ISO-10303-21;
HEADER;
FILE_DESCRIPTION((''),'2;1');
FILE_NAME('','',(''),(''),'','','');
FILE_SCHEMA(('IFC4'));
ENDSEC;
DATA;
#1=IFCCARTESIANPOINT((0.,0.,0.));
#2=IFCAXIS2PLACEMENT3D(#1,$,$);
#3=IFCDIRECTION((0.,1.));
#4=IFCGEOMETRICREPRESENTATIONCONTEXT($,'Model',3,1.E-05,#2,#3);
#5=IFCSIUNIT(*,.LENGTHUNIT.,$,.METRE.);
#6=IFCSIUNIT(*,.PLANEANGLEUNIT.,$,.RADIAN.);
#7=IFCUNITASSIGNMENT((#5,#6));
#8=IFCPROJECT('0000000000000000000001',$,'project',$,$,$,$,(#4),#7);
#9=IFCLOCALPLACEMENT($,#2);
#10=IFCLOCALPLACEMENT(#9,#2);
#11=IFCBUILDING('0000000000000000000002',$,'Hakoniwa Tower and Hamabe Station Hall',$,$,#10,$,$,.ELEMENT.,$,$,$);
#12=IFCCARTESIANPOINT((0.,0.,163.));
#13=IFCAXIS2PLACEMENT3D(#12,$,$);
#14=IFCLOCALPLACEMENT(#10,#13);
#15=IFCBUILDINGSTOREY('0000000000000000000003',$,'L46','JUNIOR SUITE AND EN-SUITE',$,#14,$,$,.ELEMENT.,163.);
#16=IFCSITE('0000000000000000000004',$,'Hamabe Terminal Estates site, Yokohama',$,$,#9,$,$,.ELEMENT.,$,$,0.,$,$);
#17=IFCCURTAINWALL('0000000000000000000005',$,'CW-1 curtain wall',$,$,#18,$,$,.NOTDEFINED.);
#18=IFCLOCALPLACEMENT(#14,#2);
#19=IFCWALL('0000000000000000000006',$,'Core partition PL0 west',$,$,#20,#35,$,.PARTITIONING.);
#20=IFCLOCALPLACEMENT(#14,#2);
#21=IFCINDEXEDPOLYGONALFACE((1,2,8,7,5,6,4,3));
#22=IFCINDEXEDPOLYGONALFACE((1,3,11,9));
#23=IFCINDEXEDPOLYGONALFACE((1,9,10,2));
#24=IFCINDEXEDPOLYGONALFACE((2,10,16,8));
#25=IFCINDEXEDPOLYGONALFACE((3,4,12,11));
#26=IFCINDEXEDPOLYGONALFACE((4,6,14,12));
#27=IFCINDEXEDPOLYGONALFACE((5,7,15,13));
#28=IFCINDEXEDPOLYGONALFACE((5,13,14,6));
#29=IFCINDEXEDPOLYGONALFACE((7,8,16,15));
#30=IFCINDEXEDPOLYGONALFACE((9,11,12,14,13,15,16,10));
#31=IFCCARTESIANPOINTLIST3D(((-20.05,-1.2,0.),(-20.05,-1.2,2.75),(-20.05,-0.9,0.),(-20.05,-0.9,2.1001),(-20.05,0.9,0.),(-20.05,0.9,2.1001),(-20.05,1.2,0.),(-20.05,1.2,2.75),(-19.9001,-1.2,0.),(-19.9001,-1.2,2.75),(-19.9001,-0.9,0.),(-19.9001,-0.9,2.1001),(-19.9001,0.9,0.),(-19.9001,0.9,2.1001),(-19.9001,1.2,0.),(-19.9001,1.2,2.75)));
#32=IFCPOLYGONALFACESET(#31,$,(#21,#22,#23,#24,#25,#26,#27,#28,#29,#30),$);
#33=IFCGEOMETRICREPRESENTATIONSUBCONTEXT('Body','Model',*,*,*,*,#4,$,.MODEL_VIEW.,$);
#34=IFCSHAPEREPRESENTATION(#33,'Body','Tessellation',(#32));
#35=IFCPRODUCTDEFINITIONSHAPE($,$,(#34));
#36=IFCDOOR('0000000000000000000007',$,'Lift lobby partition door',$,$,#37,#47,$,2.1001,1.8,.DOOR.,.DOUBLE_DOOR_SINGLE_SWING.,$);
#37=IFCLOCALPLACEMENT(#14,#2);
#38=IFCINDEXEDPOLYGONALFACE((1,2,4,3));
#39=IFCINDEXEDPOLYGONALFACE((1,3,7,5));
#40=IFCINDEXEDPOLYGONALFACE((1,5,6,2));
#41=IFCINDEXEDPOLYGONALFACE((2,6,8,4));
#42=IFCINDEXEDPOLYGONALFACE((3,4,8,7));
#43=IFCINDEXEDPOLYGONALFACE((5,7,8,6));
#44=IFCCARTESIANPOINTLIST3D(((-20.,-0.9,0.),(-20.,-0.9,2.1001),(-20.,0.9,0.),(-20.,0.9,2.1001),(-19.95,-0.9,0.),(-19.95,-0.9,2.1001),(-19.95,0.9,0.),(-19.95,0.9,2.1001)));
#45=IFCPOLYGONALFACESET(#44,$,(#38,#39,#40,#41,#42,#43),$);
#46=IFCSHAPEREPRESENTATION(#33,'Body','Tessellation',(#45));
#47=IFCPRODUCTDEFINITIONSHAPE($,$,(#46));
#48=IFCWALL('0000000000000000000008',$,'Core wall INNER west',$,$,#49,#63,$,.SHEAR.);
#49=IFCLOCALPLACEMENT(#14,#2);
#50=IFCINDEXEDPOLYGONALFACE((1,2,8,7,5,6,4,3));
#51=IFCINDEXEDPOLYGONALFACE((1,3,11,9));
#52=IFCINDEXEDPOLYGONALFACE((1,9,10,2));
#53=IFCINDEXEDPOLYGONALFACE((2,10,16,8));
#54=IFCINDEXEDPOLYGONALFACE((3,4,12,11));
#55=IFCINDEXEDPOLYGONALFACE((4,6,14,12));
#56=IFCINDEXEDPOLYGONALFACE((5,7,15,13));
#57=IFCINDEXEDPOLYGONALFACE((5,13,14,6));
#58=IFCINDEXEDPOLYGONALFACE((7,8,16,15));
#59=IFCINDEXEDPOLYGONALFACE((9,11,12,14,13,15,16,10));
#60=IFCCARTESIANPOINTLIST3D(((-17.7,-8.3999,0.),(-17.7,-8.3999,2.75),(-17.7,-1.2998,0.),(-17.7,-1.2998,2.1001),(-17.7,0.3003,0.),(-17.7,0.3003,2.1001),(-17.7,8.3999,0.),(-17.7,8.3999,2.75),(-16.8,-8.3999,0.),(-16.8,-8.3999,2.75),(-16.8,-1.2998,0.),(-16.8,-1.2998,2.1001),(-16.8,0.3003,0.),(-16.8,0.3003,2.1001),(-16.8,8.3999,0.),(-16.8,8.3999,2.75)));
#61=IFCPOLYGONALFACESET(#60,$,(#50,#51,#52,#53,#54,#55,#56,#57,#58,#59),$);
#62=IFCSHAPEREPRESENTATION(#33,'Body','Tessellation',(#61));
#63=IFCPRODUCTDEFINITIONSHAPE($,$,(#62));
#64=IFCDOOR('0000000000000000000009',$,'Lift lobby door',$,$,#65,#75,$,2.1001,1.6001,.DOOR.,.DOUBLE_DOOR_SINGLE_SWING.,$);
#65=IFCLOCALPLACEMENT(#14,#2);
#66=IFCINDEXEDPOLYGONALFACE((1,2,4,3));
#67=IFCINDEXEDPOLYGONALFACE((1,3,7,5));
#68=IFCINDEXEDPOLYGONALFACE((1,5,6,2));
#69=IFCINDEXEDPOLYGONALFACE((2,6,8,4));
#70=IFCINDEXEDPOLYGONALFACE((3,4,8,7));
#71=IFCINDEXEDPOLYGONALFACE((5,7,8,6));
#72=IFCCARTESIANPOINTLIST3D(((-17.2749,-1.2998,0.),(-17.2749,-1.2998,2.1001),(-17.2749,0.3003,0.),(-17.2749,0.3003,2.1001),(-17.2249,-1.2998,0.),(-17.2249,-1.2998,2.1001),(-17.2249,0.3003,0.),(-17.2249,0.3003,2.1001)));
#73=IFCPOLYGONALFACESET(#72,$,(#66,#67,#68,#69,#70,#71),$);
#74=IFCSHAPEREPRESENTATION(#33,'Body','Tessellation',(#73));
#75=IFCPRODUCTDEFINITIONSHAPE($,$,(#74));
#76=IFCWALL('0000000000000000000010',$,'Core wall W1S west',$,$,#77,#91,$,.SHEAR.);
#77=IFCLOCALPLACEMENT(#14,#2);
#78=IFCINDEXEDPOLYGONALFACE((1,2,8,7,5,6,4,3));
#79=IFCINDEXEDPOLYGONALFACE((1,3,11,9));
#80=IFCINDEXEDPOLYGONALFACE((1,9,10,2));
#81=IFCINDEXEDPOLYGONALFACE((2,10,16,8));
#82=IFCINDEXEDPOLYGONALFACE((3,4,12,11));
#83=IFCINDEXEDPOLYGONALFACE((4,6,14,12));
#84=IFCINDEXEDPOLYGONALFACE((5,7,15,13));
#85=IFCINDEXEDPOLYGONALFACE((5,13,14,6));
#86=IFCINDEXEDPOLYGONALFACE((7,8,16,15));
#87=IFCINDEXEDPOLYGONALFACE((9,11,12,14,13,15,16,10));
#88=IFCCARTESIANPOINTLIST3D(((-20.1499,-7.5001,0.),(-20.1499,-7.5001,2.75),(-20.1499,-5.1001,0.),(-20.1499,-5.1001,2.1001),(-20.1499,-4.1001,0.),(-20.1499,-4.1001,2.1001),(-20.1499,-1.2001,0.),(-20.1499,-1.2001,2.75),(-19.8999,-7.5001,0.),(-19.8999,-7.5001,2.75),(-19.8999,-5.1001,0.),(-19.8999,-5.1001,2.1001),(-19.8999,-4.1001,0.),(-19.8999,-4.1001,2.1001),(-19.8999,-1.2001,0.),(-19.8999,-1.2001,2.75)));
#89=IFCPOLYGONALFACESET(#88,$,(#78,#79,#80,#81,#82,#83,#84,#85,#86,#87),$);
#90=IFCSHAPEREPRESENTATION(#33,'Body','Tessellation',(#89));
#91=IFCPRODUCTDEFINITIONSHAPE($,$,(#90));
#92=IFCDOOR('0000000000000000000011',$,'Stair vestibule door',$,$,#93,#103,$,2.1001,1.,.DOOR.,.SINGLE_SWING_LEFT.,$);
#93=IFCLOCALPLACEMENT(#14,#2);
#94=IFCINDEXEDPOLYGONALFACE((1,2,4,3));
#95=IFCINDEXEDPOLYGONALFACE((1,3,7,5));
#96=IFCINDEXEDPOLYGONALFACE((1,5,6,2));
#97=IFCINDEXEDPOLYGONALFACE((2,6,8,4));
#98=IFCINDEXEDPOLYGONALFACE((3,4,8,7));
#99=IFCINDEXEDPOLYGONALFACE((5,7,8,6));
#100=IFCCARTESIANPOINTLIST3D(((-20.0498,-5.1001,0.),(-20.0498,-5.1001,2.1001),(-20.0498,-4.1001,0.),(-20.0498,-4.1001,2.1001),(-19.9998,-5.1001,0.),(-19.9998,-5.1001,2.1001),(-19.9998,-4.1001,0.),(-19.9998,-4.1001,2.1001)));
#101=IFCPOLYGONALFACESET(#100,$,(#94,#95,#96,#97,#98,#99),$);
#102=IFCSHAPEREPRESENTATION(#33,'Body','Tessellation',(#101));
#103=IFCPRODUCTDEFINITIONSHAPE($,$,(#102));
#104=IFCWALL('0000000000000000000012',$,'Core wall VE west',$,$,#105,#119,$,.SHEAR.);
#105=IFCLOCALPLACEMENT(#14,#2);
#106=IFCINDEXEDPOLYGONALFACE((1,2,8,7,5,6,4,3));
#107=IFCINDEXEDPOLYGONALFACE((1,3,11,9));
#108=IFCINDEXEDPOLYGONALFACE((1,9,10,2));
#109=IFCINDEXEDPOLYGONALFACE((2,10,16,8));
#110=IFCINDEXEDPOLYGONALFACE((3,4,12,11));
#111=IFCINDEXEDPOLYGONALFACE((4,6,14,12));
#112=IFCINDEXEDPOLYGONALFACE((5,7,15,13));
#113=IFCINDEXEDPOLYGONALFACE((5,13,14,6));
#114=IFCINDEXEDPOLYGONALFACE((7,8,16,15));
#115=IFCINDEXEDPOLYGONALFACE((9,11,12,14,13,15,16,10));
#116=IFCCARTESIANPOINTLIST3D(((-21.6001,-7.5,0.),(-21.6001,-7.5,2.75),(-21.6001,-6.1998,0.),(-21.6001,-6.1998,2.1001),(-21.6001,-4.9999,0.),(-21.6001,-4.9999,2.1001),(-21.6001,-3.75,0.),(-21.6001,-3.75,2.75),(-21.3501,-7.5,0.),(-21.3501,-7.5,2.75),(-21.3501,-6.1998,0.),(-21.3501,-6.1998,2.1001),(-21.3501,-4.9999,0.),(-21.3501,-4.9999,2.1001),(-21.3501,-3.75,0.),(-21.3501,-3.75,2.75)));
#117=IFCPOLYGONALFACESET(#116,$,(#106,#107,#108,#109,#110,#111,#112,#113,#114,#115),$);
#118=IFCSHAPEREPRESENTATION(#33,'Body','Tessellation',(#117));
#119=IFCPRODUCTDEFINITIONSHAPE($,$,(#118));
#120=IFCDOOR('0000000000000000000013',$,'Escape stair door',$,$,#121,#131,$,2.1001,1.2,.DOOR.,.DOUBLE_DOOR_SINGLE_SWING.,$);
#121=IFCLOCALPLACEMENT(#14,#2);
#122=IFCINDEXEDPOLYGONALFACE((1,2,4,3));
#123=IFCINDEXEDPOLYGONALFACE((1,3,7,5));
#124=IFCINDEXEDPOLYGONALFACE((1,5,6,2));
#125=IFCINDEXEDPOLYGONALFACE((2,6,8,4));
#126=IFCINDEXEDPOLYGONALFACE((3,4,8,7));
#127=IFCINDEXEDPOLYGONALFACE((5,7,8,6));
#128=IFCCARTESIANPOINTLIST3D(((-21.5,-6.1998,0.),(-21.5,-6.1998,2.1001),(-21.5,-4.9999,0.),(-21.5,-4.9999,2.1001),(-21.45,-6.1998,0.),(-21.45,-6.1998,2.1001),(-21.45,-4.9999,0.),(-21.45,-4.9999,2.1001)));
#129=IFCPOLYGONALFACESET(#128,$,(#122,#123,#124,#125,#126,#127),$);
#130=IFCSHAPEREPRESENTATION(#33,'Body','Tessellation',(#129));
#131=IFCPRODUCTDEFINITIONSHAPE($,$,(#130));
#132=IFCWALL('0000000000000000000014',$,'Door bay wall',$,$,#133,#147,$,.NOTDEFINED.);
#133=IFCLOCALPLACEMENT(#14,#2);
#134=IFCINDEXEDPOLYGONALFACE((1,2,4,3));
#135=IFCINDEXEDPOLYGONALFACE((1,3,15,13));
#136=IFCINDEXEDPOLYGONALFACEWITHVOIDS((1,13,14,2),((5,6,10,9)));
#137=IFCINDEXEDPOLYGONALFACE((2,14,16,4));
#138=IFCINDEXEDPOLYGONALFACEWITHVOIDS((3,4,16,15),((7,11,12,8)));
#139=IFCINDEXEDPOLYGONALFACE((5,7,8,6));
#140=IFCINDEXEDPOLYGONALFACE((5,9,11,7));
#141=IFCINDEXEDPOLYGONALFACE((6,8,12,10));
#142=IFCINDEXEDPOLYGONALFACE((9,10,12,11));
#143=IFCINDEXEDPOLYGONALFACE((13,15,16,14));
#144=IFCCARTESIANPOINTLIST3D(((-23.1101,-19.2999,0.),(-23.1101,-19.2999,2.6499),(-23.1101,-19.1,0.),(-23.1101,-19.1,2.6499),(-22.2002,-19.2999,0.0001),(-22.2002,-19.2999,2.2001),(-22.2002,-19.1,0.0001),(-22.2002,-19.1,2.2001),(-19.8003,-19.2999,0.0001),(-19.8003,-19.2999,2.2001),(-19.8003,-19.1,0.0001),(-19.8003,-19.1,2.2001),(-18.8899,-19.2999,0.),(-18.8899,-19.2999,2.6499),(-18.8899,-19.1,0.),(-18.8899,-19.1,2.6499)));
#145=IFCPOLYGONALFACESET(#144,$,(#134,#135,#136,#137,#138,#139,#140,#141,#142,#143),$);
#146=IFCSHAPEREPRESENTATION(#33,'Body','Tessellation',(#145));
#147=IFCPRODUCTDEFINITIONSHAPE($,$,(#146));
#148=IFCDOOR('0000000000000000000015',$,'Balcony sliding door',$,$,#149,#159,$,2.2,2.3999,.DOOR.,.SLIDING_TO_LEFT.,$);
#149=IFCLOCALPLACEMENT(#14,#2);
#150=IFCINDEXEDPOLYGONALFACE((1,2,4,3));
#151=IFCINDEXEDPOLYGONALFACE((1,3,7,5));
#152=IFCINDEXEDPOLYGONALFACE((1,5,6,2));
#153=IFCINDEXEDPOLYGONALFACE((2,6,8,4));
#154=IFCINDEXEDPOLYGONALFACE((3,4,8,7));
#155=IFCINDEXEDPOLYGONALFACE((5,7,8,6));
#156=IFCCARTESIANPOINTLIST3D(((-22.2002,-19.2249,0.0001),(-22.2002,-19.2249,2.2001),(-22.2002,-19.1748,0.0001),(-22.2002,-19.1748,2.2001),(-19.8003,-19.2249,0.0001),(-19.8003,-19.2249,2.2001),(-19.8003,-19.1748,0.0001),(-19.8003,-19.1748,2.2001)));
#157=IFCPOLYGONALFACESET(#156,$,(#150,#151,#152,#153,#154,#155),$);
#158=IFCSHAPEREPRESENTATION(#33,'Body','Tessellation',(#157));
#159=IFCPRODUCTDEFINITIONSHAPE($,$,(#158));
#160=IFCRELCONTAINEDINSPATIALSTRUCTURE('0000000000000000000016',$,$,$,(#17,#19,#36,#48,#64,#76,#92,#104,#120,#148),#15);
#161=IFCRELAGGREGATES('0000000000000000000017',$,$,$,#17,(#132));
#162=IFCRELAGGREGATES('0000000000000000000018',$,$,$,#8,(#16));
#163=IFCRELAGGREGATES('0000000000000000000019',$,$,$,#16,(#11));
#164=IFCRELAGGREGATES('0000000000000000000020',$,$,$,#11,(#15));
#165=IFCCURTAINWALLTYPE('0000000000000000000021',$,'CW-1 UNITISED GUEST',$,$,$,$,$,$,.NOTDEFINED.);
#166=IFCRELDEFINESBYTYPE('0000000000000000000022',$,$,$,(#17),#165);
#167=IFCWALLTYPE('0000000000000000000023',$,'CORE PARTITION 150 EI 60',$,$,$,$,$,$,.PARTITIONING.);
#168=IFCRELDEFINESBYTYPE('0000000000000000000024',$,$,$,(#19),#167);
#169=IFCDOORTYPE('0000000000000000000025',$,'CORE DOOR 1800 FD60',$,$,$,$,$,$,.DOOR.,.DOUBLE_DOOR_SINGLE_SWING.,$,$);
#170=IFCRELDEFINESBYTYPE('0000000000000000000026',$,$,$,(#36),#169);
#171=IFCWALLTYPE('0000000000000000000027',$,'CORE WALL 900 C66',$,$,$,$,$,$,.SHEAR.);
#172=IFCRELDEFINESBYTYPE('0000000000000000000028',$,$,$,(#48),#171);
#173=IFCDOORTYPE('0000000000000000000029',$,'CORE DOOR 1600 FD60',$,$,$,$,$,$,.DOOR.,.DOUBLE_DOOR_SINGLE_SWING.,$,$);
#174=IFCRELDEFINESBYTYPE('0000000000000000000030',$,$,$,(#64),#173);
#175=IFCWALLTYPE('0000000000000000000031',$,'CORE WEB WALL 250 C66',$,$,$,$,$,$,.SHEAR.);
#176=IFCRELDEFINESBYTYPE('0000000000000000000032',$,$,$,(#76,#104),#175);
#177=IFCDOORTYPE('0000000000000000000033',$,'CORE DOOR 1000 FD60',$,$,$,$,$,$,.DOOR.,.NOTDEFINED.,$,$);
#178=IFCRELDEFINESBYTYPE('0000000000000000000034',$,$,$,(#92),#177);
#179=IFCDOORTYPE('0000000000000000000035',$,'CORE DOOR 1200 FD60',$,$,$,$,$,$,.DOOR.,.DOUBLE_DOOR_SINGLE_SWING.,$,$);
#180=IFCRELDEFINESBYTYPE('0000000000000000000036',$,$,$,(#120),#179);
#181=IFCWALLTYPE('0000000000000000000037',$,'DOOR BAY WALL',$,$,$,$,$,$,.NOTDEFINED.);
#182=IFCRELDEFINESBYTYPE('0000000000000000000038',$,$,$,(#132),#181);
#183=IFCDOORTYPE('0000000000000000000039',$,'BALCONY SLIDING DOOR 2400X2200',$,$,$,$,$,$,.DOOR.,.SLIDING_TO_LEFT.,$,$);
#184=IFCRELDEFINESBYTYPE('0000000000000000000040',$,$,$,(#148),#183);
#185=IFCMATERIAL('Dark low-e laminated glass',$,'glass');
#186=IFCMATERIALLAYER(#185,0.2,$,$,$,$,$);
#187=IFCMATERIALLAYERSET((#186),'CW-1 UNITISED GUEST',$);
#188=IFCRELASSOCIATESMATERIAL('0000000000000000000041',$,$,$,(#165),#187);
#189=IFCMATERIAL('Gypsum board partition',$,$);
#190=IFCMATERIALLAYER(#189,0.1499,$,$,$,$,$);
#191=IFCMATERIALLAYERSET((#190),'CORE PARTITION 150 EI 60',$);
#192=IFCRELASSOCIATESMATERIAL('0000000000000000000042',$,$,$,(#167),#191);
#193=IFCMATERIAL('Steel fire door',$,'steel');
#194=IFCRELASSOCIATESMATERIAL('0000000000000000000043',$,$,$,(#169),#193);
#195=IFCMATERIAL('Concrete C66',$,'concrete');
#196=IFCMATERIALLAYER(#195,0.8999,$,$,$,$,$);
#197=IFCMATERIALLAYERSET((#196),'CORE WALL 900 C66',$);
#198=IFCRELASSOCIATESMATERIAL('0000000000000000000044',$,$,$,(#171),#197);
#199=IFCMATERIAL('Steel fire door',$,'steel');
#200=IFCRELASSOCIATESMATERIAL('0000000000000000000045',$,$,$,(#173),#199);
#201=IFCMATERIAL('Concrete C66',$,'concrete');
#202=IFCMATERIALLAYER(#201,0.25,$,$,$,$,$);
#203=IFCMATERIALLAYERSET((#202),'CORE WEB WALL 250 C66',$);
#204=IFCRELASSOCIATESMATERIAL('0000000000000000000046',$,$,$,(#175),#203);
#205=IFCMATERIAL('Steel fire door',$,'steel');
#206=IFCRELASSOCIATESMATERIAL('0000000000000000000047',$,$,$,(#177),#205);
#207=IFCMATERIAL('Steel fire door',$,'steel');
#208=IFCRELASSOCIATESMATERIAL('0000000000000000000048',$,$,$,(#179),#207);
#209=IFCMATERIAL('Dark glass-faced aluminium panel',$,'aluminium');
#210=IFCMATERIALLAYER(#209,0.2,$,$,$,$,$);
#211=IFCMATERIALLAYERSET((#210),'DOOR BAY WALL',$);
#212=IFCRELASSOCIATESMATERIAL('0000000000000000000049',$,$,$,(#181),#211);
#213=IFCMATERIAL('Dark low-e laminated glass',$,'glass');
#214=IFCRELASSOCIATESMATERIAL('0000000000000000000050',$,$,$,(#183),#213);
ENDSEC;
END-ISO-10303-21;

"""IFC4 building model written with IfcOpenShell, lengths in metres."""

from ifc_helpers import new_model, si_unit, direction, frame, frame_2d, origin, place, context, subcontext, project, spatial, rectangle, extrude, material, layer, layer_set, type_object, element, fill, aggregate, save


model = new_model("IFC4")

# Units and contexts
model_context = context("Model", 3, precision=1e-05, world=origin(), true_north=direction((0.0, 1.0)))
body_context = subcontext(model_context, "Body", "Model", "MODEL_VIEW")
ifc_project = project(units=[si_unit("LENGTHUNIT", "METRE"), si_unit("PLANEANGLEUNIT", "RADIAN")], contexts=[model_context])

# Site, building, storey
site_placement = place(None, origin())
site = spatial("IfcSite", under=ifc_project, at=site_placement, Name="Hamabe Terminal Estates site, Yokohama", CompositionType="ELEMENT", RefElevation=0.0)
building_placement = place(site_placement, origin())
building = spatial("IfcBuilding", under=site, at=building_placement, Name="Hakoniwa Tower and Hamabe Station Hall", CompositionType="ELEMENT")
storey_placement = place(building_placement, frame((0.0, 0.0, 163.0)))
storey = spatial("IfcBuildingStorey", under=building, at=storey_placement, Name="L46", Description="JUNIOR SUITE AND EN-SUITE", CompositionType="ELEMENT", Elevation=163.0)

# Curtain wall
ifc_material_1 = material(Name="Dark low-e laminated glass", Category="glass")
ifc_layer_1 = layer(ifc_material_1, 0.2)
ifc_layer_set_1 = layer_set([ifc_layer_1], Name="CW-1 UNITISED GUEST")
curtain_wall_type = type_object("IfcCurtainWallType", Name="CW-1 UNITISED GUEST", PredefinedType="NOTDEFINED", material=ifc_layer_set_1)
curtain_wall_placement = place(storey_placement, origin())
curtain_wall = element("IfcCurtainWall", 1, at=curtain_wall_placement, inside=storey, type_object=curtain_wall_type, Name="CW-1 curtain wall", PredefinedType="NOTDEFINED")

# Walls, openings, doors
ifc_material_2 = material(Name="Gypsum board partition")
ifc_layer_2 = layer(ifc_material_2, 0.1499)
ifc_layer_set_2 = layer_set([ifc_layer_2], Name="CORE PARTITION 150 EI 60")
wall_type_1 = type_object("IfcWallType", Name="CORE PARTITION 150 EI 60", PredefinedType="PARTITIONING", material=ifc_layer_set_2)
wall_1_placement = place(storey_placement, frame((-19.9751, -1.2, 0.0), z_axis=(0.0, 0.0, 1.0), x_axis=(0.0, 1.0, 0.0)))
wall_1 = element("IfcWall", 2, at=wall_1_placement, inside=storey, type_object=wall_type_1, Name="Core partition PL0 west", PredefinedType="PARTITIONING", context=body_context, shape_type="SweptSolid", body=[
    extrude(rectangle(XDim=2.3999, YDim=0.1499, at=frame_2d((1.2, 0.0))), origin(), (0.0, 0.0, 1.0), 2.75),
])
opening_1_placement = place(wall_1_placement, frame((0.3, 0.0, 0.0)))
opening_1 = element("IfcOpeningElement", 3, at=opening_1_placement, cuts=wall_1, PredefinedType="OPENING", context=body_context, shape_type="SweptSolid", body=[
    extrude(rectangle(XDim=1.8, YDim=2.1001, at=frame_2d((0.8999, 1.05))), frame((0.0, 0.085, 0.0), z_axis=(0.0, -1.0, 0.0), x_axis=(1.0, 0.0, 0.0)), (0.0, 0.0, 1.0), 0.1699),
])
ifc_material_3 = material(Name="Steel fire door", Category="steel")
door_type_1 = type_object("IfcDoorType", Name="CORE DOOR 1800 FD60", OperationType="DOUBLE_DOOR_SINGLE_SWING", PredefinedType="DOOR", material=ifc_material_3)
door_1_placement = place(opening_1_placement, origin())
door_1 = element("IfcDoor", 4, at=door_1_placement, inside=storey, type_object=door_type_1, Name="Lift lobby partition door", OperationType="DOUBLE_DOOR_SINGLE_SWING", OverallHeight=2.1001, OverallWidth=1.8, PredefinedType="DOOR", context=body_context, shape_type="SweptSolid", body=[
    extrude(rectangle(XDim=1.8, YDim=2.1001, at=frame_2d((0.8999, 1.05))), frame((0.0, 0.0249, 0.0), z_axis=(0.0, -1.0, 0.0), x_axis=(1.0, 0.0, 0.0)), (0.0, 0.0, 1.0), 0.05),
])
fill(opening_1, door_1)
ifc_material_4 = material(Name="Concrete C66", Category="concrete")
ifc_layer_3 = layer(ifc_material_4, 0.8999)
ifc_layer_set_3 = layer_set([ifc_layer_3], Name="CORE WALL 900 C66")
wall_type_2 = type_object("IfcWallType", Name="CORE WALL 900 C66", PredefinedType="SHEAR", material=ifc_layer_set_3)
wall_2_placement = place(storey_placement, frame((-17.25, -8.3999, 0.0), z_axis=(0.0, 0.0, 1.0), x_axis=(0.0, 1.0, 0.0)))
wall_2 = element("IfcWall", 5, at=wall_2_placement, inside=storey, type_object=wall_type_2, Name="Core wall INNER west", PredefinedType="SHEAR", context=body_context, shape_type="SweptSolid", body=[
    extrude(rectangle(XDim=16.7998, YDim=0.8999, at=frame_2d((8.3999, 0.0))), origin(), (0.0, 0.0, 1.0), 2.75),
])
opening_2_placement = place(wall_2_placement, frame((7.1001, 0.0, 0.0)))
opening_2 = element("IfcOpeningElement", 6, at=opening_2_placement, cuts=wall_2, PredefinedType="OPENING", context=body_context, shape_type="SweptSolid", body=[
    extrude(rectangle(XDim=1.6001, YDim=2.1001, at=frame_2d((0.8, 1.05))), frame((0.0, 0.46, 0.0), z_axis=(0.0, -1.0, 0.0), x_axis=(1.0, 0.0, 0.0)), (0.0, 0.0, 1.0), 0.9199),
])
ifc_material_5 = material(Name="Steel fire door", Category="steel")
door_type_2 = type_object("IfcDoorType", Name="CORE DOOR 1600 FD60", OperationType="DOUBLE_DOOR_SINGLE_SWING", PredefinedType="DOOR", material=ifc_material_5)
door_2_placement = place(opening_2_placement, origin())
door_2 = element("IfcDoor", 7, at=door_2_placement, inside=storey, type_object=door_type_2, Name="Lift lobby door", OperationType="DOUBLE_DOOR_SINGLE_SWING", OverallHeight=2.1001, OverallWidth=1.6001, PredefinedType="DOOR", context=body_context, shape_type="SweptSolid", body=[
    extrude(rectangle(XDim=1.6001, YDim=2.1001, at=frame_2d((0.8, 1.05))), frame((0.0, 0.0249, 0.0), z_axis=(0.0, -1.0, 0.0), x_axis=(1.0, 0.0, 0.0)), (0.0, 0.0, 1.0), 0.05),
])
fill(opening_2, door_2)
ifc_material_6 = material(Name="Concrete C66", Category="concrete")
ifc_layer_4 = layer(ifc_material_6, 0.25)
ifc_layer_set_4 = layer_set([ifc_layer_4], Name="CORE WEB WALL 250 C66")
wall_type_3 = type_object("IfcWallType", Name="CORE WEB WALL 250 C66", PredefinedType="SHEAR", material=ifc_layer_set_4)
wall_3_placement = place(storey_placement, frame((-20.0249, -7.5, 0.0), z_axis=(0.0, 0.0, 1.0), x_axis=(0.0, 1.0, 0.0)))
wall_3 = element("IfcWall", 8, at=wall_3_placement, inside=storey, type_object=wall_type_3, Name="Core wall W1S west", PredefinedType="SHEAR", context=body_context, shape_type="SweptSolid", body=[
    extrude(rectangle(XDim=6.3, YDim=0.25, at=frame_2d((3.1499, 0.0))), origin(), (0.0, 0.0, 1.0), 2.75),
])
opening_3_placement = place(wall_3_placement, frame((2.3999, 0.0, 0.0)))
opening_3 = element("IfcOpeningElement", 9, at=opening_3_placement, cuts=wall_3, PredefinedType="OPENING", context=body_context, shape_type="SweptSolid", body=[
    extrude(rectangle(XDim=1.0, YDim=2.1001, at=frame_2d((0.5, 1.05))), frame((0.0, 0.135, 0.0), z_axis=(0.0, -1.0, 0.0), x_axis=(1.0, 0.0, 0.0)), (0.0, 0.0, 1.0), 0.27),
])
ifc_material_7 = material(Name="Steel fire door", Category="steel")
door_type_3 = type_object("IfcDoorType", Name="CORE DOOR 1000 FD60", OperationType="NOTDEFINED", PredefinedType="DOOR", material=ifc_material_7)
door_3_placement = place(opening_3_placement, origin())
door_3 = element("IfcDoor", 10, at=door_3_placement, inside=storey, type_object=door_type_3, Name="Stair vestibule door", OperationType="SINGLE_SWING_LEFT", OverallHeight=2.1001, OverallWidth=1.0, PredefinedType="DOOR", context=body_context, shape_type="SweptSolid", body=[
    extrude(rectangle(XDim=1.0, YDim=2.1001, at=frame_2d((0.5, 1.05))), frame((0.0, 0.0249, 0.0), z_axis=(0.0, -1.0, 0.0), x_axis=(1.0, 0.0, 0.0)), (0.0, 0.0, 1.0), 0.05),
])
fill(opening_3, door_3)
wall_4_placement = place(storey_placement, frame((-21.4751, -7.5, 0.0), z_axis=(0.0, 0.0, 1.0), x_axis=(0.0, 1.0, 0.0)))
wall_4 = element("IfcWall", 11, at=wall_4_placement, inside=storey, type_object=wall_type_3, Name="Core wall VE west", PredefinedType="SHEAR", context=body_context, shape_type="SweptSolid", body=[
    extrude(rectangle(XDim=3.75, YDim=0.25, at=frame_2d((1.875, 0.0))), origin(), (0.0, 0.0, 1.0), 2.75),
])
opening_4_placement = place(wall_4_placement, frame((1.3, 0.0, 0.0)))
opening_4 = element("IfcOpeningElement", 12, at=opening_4_placement, cuts=wall_4, PredefinedType="OPENING", context=body_context, shape_type="SweptSolid", body=[
    extrude(rectangle(XDim=1.2, YDim=2.1001, at=frame_2d((0.6001, 1.05))), frame((0.0, 0.135, 0.0), z_axis=(0.0, -1.0, 0.0), x_axis=(1.0, 0.0, 0.0)), (0.0, 0.0, 1.0), 0.27),
])
ifc_material_8 = material(Name="Steel fire door", Category="steel")
door_type_4 = type_object("IfcDoorType", Name="CORE DOOR 1200 FD60", OperationType="DOUBLE_DOOR_SINGLE_SWING", PredefinedType="DOOR", material=ifc_material_8)
door_4_placement = place(opening_4_placement, origin())
door_4 = element("IfcDoor", 13, at=door_4_placement, inside=storey, type_object=door_type_4, Name="Escape stair door", OperationType="DOUBLE_DOOR_SINGLE_SWING", OverallHeight=2.1001, OverallWidth=1.2, PredefinedType="DOOR", context=body_context, shape_type="SweptSolid", body=[
    extrude(rectangle(XDim=1.2, YDim=2.1001, at=frame_2d((0.6001, 1.05))), frame((0.0, 0.0249, 0.0), z_axis=(0.0, -1.0, 0.0), x_axis=(1.0, 0.0, 0.0)), (0.0, 0.0, 1.0), 0.05),
])
fill(opening_4, door_4)
ifc_material_9 = material(Name="Dark glass-faced aluminium panel", Category="aluminium")
ifc_layer_5 = layer(ifc_material_9, 0.2)
ifc_layer_set_5 = layer_set([ifc_layer_5], Name="DOOR BAY WALL")
wall_type_4 = type_object("IfcWallType", Name="DOOR BAY WALL", PredefinedType="NOTDEFINED", material=ifc_layer_set_5)
wall_5_placement = place(storey_placement, frame((-23.1101, -19.2, 0.0), z_axis=(0.0, 0.0, 1.0), x_axis=(1.0, 0.0, 0.0)))
wall_5 = element("IfcWall", 14, at=wall_5_placement, type_object=wall_type_4, Name="Door bay wall", PredefinedType="NOTDEFINED", context=body_context, shape_type="SweptSolid", body=[
    extrude(rectangle(XDim=4.2202, YDim=0.2, at=frame_2d((2.1101, 0.0))), origin(), (0.0, 0.0, 1.0), 2.6499),
])
opening_5_placement = place(wall_5_placement, frame((0.9099, 0.0, 0.0)))
opening_5 = element("IfcOpeningElement", 15, at=opening_5_placement, cuts=wall_5, PredefinedType="OPENING", context=body_context, shape_type="SweptSolid", body=[
    extrude(rectangle(XDim=2.3999, YDim=2.2, at=frame_2d((1.2, 1.1001))), frame((0.0, 0.1099, 0.0), z_axis=(0.0, -1.0, 0.0), x_axis=(1.0, 0.0, 0.0)), (0.0, 0.0, 1.0), 0.22),
])
ifc_material_10 = material(Name="Dark low-e laminated glass", Category="glass")
door_type_5 = type_object("IfcDoorType", Name="BALCONY SLIDING DOOR 2400X2200", OperationType="SLIDING_TO_LEFT", PredefinedType="DOOR", material=ifc_material_10)
door_5_placement = place(opening_5_placement, frame((2.3999, 0.0, 0.0), z_axis=(0.0, 0.0, 1.0), x_axis=(-1.0, 0.0, 0.0)))
door_5 = element("IfcDoor", 16, at=door_5_placement, inside=storey, type_object=door_type_5, Name="Balcony sliding door", OperationType="SLIDING_TO_LEFT", OverallHeight=2.2, OverallWidth=2.3999, PredefinedType="DOOR", context=body_context, shape_type="SweptSolid", body=[
    extrude(rectangle(XDim=2.3999, YDim=2.2, at=frame_2d((1.2, 1.1001))), frame((0.0, 0.0249, 0.0), z_axis=(0.0, -1.0, 0.0), x_axis=(1.0, 0.0, 0.0)), (0.0, 0.0, 1.0), 0.05),
])
fill(opening_5, door_5)
aggregate(curtain_wall, [wall_5])

save(model, "model.ifc")
